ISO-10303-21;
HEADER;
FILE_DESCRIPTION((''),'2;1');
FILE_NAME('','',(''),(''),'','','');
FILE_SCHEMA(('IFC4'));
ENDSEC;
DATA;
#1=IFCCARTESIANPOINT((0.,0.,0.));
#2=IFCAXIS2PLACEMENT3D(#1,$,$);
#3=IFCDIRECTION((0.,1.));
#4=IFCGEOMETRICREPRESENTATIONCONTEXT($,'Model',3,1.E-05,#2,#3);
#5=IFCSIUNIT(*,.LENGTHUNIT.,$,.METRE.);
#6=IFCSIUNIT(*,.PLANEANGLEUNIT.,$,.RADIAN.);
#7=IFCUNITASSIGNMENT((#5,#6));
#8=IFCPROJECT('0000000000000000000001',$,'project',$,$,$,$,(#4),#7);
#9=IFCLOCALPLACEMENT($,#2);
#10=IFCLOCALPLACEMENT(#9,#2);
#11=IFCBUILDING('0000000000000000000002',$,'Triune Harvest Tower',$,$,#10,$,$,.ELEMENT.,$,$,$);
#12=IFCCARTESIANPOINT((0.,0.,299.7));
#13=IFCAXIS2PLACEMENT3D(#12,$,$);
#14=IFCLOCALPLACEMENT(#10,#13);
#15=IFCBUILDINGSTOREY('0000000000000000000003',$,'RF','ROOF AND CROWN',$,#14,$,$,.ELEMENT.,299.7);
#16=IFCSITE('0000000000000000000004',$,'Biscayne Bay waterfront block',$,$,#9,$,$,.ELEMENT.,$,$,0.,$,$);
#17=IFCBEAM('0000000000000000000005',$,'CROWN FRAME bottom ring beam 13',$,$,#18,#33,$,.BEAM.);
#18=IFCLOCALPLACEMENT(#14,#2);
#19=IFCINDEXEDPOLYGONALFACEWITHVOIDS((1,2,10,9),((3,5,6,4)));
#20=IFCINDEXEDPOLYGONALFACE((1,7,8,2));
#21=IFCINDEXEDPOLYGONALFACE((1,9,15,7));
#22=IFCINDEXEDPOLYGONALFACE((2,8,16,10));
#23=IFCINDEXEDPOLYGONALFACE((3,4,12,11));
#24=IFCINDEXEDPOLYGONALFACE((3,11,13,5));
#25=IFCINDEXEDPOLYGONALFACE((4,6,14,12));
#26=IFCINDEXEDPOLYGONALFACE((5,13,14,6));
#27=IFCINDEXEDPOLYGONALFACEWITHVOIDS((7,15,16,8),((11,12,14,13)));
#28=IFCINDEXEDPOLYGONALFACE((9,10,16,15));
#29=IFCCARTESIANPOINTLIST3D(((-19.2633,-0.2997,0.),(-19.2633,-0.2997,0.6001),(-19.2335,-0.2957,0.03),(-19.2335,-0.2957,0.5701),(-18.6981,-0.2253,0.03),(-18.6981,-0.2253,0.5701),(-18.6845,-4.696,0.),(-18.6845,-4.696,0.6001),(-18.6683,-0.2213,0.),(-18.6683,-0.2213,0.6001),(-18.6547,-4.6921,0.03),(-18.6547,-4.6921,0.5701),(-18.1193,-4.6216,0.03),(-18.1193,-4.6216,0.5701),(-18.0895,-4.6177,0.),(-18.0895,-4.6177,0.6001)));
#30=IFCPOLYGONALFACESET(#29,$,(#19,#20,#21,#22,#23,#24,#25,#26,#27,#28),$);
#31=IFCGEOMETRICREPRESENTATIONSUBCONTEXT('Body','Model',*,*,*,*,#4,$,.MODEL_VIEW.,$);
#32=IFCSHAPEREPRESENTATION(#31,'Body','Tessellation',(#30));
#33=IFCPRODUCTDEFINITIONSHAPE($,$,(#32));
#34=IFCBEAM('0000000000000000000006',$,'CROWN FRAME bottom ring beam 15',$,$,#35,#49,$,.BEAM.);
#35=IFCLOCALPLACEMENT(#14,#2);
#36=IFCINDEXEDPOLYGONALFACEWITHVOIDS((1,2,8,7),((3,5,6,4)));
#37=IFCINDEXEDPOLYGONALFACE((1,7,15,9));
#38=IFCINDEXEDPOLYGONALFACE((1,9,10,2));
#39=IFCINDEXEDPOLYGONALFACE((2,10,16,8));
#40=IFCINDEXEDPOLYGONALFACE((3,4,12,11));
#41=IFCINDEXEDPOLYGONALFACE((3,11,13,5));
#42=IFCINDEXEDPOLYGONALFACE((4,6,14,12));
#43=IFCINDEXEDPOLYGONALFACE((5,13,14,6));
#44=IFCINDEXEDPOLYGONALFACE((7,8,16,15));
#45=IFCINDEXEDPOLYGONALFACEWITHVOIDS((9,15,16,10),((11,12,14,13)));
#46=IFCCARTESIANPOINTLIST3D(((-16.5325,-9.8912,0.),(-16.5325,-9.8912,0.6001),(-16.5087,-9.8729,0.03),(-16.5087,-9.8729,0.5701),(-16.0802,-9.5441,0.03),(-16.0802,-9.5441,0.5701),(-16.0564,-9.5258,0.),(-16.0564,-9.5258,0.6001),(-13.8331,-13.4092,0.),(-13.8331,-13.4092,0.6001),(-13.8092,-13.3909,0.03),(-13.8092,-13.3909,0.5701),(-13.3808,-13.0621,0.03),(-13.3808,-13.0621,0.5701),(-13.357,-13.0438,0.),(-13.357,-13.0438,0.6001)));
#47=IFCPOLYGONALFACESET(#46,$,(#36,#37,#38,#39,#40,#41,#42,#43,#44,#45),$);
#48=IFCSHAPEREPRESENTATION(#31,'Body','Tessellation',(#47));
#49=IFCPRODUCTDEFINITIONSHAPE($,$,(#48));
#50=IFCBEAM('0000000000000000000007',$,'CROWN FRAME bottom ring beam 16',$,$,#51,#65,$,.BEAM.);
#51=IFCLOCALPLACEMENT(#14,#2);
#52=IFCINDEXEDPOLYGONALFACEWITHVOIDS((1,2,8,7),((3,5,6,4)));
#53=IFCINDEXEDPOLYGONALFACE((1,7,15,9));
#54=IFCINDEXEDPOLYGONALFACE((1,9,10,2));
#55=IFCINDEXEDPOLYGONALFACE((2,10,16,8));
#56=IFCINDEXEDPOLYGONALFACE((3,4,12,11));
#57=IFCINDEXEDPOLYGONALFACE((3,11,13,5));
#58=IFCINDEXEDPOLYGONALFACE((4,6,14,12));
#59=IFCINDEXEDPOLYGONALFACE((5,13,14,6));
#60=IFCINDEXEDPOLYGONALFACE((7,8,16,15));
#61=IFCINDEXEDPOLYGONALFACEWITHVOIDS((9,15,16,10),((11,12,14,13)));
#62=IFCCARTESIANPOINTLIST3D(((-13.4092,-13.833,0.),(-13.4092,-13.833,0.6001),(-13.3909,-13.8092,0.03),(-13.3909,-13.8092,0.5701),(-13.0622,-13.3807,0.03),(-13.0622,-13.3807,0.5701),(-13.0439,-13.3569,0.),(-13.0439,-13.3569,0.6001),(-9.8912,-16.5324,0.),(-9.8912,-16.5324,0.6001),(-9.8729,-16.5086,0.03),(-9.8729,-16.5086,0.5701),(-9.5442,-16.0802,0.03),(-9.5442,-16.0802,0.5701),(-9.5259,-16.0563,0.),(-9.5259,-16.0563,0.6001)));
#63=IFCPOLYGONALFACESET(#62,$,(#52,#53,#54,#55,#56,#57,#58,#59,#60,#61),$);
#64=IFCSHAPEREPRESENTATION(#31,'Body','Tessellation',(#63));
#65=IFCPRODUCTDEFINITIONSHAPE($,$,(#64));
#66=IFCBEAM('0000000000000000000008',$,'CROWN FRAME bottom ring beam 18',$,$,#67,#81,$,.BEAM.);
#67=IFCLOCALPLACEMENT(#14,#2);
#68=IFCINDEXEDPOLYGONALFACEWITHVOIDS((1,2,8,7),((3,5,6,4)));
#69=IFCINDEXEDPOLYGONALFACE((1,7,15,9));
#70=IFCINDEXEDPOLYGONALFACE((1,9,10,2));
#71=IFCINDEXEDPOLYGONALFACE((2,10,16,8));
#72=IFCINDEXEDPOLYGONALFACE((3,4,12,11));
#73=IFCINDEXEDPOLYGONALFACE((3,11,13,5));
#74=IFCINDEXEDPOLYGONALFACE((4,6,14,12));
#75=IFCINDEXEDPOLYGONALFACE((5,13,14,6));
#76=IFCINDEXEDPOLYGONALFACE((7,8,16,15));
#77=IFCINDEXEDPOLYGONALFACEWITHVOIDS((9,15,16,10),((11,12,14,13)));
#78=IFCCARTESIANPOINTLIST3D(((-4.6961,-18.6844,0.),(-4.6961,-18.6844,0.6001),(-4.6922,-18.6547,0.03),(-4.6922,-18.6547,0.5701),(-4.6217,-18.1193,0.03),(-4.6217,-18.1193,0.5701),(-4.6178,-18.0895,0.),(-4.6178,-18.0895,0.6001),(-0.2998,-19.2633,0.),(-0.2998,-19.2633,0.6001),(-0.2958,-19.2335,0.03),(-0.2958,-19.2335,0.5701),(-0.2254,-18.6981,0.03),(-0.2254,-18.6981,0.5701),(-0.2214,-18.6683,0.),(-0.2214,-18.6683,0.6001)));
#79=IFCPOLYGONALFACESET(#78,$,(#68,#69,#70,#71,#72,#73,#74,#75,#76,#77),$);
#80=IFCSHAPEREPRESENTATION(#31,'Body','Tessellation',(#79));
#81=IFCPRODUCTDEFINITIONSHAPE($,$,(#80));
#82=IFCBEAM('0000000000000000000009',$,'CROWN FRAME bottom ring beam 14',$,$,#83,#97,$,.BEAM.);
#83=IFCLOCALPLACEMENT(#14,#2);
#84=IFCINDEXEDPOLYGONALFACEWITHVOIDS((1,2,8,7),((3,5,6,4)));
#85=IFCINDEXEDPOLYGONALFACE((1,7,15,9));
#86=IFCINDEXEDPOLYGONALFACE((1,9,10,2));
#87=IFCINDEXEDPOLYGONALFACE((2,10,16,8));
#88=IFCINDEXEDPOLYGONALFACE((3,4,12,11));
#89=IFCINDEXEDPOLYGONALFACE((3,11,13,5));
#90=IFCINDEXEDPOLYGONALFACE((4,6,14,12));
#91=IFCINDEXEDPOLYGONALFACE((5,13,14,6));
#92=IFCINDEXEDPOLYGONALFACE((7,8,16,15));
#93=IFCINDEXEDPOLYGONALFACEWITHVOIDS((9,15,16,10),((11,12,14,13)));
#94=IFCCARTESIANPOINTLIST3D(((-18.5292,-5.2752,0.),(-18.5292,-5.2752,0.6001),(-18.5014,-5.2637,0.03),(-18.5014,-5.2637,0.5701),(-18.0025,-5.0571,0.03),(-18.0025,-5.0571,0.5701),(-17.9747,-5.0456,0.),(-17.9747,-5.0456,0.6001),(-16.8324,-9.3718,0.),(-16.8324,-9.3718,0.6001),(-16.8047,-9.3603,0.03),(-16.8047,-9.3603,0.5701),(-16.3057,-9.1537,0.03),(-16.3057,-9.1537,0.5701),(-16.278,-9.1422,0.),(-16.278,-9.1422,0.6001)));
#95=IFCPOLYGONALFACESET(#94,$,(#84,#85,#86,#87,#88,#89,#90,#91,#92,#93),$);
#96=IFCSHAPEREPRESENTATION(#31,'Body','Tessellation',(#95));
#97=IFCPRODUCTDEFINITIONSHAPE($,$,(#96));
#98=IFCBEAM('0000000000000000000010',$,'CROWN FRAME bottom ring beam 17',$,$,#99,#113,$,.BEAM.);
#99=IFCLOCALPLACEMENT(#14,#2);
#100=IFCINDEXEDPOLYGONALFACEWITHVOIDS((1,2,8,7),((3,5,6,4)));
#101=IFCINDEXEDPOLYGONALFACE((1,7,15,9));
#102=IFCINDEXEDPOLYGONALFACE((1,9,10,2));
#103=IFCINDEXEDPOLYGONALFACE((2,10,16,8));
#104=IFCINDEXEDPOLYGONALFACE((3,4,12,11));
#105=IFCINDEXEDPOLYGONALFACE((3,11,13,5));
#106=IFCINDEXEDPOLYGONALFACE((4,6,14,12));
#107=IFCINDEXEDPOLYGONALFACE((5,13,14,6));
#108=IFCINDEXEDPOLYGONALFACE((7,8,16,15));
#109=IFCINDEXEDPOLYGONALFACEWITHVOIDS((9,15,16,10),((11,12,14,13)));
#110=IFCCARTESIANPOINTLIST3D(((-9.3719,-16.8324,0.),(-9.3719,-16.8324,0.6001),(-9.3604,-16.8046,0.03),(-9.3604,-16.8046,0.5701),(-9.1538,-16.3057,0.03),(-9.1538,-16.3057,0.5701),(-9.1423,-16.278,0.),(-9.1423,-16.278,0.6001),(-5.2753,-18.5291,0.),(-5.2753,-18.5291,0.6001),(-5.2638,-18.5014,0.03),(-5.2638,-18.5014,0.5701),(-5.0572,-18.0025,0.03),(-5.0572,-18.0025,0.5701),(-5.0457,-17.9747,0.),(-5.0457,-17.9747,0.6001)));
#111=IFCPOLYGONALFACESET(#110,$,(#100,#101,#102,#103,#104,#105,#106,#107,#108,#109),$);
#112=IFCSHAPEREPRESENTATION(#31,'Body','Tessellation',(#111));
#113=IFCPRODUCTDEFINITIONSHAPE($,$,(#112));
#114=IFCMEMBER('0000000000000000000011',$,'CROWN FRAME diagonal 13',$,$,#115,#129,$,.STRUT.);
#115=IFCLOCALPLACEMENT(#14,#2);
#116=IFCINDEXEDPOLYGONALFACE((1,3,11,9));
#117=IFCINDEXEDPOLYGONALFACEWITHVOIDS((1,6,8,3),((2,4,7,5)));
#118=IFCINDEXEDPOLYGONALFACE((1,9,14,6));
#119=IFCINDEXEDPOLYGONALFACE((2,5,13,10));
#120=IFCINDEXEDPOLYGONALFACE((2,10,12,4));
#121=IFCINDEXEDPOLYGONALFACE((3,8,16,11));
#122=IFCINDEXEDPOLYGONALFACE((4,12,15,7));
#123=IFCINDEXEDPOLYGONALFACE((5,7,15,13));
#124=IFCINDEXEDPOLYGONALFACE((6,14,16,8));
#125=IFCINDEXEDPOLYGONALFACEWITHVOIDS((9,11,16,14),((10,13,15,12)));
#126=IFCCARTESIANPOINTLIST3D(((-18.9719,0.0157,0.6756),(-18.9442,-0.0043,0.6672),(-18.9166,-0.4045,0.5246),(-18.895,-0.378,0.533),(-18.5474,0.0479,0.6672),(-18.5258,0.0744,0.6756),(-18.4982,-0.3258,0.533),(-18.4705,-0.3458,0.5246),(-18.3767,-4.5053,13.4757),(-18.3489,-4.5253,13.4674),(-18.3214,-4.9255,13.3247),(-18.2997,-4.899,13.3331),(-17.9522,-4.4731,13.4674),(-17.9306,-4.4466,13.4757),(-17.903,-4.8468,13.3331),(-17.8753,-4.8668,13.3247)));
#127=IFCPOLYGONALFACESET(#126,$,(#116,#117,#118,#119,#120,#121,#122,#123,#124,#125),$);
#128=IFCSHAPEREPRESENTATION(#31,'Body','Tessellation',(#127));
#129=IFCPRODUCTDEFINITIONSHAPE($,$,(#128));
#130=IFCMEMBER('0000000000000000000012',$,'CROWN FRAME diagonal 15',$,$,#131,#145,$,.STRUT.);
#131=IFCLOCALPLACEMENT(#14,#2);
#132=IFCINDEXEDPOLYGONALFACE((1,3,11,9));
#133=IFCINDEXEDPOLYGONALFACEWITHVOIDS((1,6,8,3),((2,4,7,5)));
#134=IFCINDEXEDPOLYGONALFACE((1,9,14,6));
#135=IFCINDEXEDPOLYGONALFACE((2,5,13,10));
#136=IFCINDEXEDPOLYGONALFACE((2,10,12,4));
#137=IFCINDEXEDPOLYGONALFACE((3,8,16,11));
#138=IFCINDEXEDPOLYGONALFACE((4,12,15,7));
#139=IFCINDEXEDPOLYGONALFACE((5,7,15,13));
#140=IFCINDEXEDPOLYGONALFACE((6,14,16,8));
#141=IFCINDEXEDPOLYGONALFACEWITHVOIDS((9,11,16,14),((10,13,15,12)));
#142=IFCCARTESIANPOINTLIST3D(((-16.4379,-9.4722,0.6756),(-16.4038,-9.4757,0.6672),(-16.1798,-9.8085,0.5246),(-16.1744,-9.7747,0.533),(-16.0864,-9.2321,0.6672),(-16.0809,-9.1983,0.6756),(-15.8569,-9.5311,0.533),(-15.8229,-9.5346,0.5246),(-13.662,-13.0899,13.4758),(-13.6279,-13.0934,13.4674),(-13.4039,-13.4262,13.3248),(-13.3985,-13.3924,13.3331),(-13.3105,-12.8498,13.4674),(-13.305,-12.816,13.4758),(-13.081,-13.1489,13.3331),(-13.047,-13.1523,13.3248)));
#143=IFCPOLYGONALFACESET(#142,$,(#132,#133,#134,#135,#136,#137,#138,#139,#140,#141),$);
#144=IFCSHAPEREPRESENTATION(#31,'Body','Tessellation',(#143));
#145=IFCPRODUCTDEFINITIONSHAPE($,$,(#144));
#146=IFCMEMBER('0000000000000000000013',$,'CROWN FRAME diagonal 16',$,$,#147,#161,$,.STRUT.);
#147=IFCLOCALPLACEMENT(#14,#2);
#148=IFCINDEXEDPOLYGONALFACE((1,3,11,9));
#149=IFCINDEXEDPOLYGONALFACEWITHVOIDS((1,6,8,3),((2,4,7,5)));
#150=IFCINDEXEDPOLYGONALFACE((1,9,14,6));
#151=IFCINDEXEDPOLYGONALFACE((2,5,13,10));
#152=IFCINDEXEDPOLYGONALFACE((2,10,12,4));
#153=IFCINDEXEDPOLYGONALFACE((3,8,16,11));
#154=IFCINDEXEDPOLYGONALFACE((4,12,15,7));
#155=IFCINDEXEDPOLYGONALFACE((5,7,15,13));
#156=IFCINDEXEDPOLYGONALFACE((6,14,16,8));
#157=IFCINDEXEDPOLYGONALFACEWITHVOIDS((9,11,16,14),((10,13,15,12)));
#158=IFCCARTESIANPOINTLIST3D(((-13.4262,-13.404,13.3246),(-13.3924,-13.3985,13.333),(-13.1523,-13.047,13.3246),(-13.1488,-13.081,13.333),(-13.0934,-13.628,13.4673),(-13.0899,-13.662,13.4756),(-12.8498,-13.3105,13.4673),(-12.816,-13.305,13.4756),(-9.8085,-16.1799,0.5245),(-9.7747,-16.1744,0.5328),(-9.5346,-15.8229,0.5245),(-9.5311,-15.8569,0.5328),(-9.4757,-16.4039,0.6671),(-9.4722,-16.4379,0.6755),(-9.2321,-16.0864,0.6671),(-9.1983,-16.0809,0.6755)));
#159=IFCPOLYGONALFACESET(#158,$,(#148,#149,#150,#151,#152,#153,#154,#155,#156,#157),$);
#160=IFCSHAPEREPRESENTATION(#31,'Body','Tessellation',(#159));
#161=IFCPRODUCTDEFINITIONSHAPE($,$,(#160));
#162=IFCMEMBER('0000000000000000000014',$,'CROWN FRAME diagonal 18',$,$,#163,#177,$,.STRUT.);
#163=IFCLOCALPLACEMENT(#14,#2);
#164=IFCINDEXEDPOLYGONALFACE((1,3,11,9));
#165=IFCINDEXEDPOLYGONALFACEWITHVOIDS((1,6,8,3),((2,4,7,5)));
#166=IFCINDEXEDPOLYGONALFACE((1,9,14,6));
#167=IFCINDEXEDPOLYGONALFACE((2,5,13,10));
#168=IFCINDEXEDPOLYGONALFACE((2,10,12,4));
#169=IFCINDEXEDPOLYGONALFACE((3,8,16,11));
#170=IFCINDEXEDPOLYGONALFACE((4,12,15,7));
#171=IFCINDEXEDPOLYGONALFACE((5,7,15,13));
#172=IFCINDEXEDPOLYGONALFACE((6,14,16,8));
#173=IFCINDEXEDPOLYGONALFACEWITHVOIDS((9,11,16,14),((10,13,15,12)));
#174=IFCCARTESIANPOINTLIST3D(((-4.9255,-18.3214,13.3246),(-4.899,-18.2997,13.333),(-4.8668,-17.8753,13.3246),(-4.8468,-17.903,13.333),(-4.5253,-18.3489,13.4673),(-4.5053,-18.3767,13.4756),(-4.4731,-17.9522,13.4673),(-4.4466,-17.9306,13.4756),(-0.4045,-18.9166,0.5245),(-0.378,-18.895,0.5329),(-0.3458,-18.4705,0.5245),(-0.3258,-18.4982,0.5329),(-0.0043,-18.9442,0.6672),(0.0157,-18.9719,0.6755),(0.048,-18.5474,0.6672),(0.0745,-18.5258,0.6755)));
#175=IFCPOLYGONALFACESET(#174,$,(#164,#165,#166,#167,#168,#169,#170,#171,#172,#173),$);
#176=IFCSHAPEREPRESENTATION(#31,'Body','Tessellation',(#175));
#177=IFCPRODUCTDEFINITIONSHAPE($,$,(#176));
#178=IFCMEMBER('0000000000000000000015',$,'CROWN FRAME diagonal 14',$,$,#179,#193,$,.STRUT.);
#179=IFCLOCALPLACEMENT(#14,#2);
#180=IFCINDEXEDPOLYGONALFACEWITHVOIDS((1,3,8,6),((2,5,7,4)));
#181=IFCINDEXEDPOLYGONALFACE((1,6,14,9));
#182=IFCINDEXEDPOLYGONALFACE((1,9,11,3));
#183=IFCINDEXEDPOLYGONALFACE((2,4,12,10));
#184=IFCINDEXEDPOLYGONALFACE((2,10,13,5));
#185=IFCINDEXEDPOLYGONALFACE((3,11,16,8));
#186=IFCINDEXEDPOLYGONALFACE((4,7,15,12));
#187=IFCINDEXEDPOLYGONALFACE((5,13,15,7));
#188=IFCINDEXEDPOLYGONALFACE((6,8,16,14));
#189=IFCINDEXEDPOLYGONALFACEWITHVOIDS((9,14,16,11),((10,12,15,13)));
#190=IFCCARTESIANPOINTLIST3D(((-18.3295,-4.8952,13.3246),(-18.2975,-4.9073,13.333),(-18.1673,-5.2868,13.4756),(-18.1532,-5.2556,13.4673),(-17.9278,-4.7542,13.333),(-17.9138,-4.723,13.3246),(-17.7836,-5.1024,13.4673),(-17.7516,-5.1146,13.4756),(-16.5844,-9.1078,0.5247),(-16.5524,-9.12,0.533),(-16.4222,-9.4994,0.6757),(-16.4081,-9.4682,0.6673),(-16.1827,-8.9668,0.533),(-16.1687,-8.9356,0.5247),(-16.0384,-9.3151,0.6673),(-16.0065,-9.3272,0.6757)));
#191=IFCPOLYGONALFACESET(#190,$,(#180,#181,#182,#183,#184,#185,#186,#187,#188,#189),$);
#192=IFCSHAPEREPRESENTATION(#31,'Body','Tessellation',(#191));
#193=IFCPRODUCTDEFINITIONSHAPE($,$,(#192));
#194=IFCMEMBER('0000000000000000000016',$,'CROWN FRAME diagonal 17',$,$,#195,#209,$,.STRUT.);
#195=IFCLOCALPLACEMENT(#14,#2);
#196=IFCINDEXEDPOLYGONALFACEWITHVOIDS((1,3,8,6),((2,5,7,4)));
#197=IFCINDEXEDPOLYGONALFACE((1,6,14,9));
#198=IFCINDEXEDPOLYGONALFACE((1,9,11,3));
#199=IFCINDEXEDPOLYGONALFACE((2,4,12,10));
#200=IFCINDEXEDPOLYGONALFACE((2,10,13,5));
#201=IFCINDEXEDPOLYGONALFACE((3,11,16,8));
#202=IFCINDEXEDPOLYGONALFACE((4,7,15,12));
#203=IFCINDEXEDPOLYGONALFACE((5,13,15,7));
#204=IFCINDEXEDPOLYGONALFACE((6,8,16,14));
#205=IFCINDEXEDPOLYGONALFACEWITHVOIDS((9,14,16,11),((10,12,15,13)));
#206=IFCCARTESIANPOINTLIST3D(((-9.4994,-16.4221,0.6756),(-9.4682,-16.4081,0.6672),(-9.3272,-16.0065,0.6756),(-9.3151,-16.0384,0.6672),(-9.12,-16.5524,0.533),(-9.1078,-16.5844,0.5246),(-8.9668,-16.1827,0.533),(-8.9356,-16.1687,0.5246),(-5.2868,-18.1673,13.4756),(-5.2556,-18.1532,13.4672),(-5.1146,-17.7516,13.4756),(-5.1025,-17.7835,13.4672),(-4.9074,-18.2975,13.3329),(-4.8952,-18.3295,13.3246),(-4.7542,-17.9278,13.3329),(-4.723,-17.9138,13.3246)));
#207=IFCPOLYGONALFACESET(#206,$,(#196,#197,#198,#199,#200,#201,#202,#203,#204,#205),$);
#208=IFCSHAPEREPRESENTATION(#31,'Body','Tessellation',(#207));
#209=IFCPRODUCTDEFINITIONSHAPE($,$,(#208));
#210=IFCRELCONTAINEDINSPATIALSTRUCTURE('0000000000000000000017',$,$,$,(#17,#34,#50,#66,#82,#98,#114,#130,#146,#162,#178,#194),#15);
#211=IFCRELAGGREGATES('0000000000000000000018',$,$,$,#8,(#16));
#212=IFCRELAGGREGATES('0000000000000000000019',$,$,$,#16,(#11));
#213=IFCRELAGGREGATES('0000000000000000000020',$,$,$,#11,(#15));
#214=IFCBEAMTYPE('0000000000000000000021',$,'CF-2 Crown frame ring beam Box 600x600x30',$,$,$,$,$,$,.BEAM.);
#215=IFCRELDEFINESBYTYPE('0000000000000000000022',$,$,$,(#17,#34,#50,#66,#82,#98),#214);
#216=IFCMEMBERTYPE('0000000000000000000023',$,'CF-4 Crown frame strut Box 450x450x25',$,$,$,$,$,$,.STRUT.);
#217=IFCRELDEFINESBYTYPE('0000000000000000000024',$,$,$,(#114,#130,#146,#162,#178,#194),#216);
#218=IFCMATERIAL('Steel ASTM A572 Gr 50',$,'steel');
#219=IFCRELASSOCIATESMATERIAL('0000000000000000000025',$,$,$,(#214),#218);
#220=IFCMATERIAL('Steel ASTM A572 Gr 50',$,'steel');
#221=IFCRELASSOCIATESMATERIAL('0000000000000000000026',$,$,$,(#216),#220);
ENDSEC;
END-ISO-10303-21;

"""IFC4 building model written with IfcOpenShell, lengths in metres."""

from ifc_helpers import new_model, si_unit, direction, frame, origin, origin_2d, place, context, subcontext, project, spatial, hollow_rectangle, extrude, source, transform, mapped, material, material_profile, profile_set, type_object, element, save


model = new_model("IFC4")

# Units and contexts
model_context = context("Model", 3, precision=1e-05, world=origin(), true_north=direction((0.0, 1.0)))
body_context = subcontext(model_context, "Body", "Model", "MODEL_VIEW")
ifc_project = project(units=[si_unit("LENGTHUNIT", "METRE"), si_unit("PLANEANGLEUNIT", "RADIAN")], contexts=[model_context])

# Site, building, storey
site_placement = place(None, origin())
site = spatial("IfcSite", under=ifc_project, at=site_placement, Name="Biscayne Bay waterfront block", CompositionType="ELEMENT", RefElevation=0.0)
building_placement = place(site_placement, origin())
building = spatial("IfcBuilding", under=site, at=building_placement, Name="Triune Harvest Tower", CompositionType="ELEMENT")
storey_placement = place(building_placement, frame((0.0, 0.0, 299.7)))
storey = spatial("IfcBuildingStorey", under=building, at=storey_placement, Name="RF", Description="ROOF AND CROWN", CompositionType="ELEMENT", Elevation=299.7)

# Beams
ifc_material_1 = material(Name="Steel ASTM A572 Gr 50", Category="steel")
ifc_material_profile_1 = material_profile(ifc_material_1, hollow_rectangle(XDim=0.6001, YDim=0.6001, WallThickness=0.03, at=origin_2d()), Name="Box 600x600x30")
ifc_profile_set_1 = profile_set([ifc_material_profile_1], Name="Steel ASTM A572 Gr 50")
beam_type = type_object("IfcBeamType", Name="CF-2 Crown frame ring beam Box 600x600x30", PredefinedType="BEAM", material=ifc_profile_set_1)
shared_shape_1 = source(origin(), body_context, "Body", "SweptSolid", [
    extrude(hollow_rectangle(XDim=0.6001, YDim=0.6001, WallThickness=0.03, at=origin_2d()), origin(), (0.0, 0.0, 1.0), 4.4343),
])
for number, where, z_axis, x_axis, name in (
    (1, (-18.9658, -0.2605, 0.3), (0.130537, -0.991443, 0.0), (0.991443, 0.130537, 0.0), "CROWN FRAME bottom ring beam 13"),
    (2, (-16.2944, -9.7085, 0.3), (0.608755, -0.793358, 0.0), (0.793358, 0.608755, 0.0), "CROWN FRAME bottom ring beam 15"),
    (3, (-13.2266, -13.595, 0.3), (0.793358, -0.608755, 0.0), (0.608755, 0.793358, 0.0), "CROWN FRAME bottom ring beam 16"),
    (4, (-4.657, -18.387, 0.3), (0.991443, -0.130537, 0.0), (0.130537, 0.991443, 0.0), "CROWN FRAME bottom ring beam 18"),
):
    element("IfcBeam", number, at=place(storey_placement, frame(where, z_axis=z_axis, x_axis=x_axis)), inside=storey, type_object=beam_type, Name=name, PredefinedType="BEAM", context=body_context, shape_type="MappedRepresentation", body=[
        mapped(shared_shape_1, transform((0.0, 0.0, 0.0), scale=1.0)),
    ])
shared_shape_2 = source(origin(), body_context, "Body", "SweptSolid", [
    extrude(hollow_rectangle(XDim=0.6001, YDim=0.6001, WallThickness=0.03, at=origin_2d()), origin(), (0.0, 0.0, 1.0), 4.4341),
])
for number, where, z_axis, x_axis, name in (
    (5, (-18.252, -5.1604, 0.3), (0.38266, -0.923889, 0.0), (0.923889, 0.38266, 0.0), "CROWN FRAME bottom ring beam 14"),
    (6, (-9.2571, -16.5552, 0.3), (0.923889, -0.38266, 0.0), (0.38266, 0.923889, 0.0), "CROWN FRAME bottom ring beam 17"),
):
    element("IfcBeam", number, at=place(storey_placement, frame(where, z_axis=z_axis, x_axis=x_axis)), inside=storey, type_object=beam_type, Name=name, PredefinedType="BEAM", context=body_context, shape_type="MappedRepresentation", body=[
        mapped(shared_shape_2, transform((0.0, 0.0, 0.0), scale=1.0)),
    ])

# Members
ifc_material_2 = material(Name="Steel ASTM A572 Gr 50", Category="steel")
ifc_material_profile_2 = material_profile(ifc_material_2, hollow_rectangle(XDim=0.45, YDim=0.45, WallThickness=0.0249, at=origin_2d()), Name="Box 450x450x25")
ifc_profile_set_2 = profile_set([ifc_material_profile_2], Name="Steel ASTM A572 Gr 50")
member_type = type_object("IfcMemberType", Name="CF-4 Crown frame strut Box 450x450x25", PredefinedType="STRUT", material=ifc_profile_set_2)
shared_shape_3 = source(origin(), body_context, "Body", "SweptSolid", [
    extrude(hollow_rectangle(XDim=0.45, YDim=0.45, WallThickness=0.0249, at=origin_2d()), origin(), (0.0, 0.0, 1.0), 13.5881),
])
for number, where, z_axis, x_axis, name in (
    (7, (-18.7212, -0.165, 0.6001), (0.043804, -0.332719, 0.942008), (0.991444, 0.130529, 0.0), "CROWN FRAME diagonal 13"),
    (8, (-16.1304, -9.5034, 0.6001), (0.204289, -0.26624, 0.94201), (0.79336, 0.608753, 0.0), "CROWN FRAME diagonal 15"),
    (9, (-13.1211, -13.3545, 13.4001), (0.26624, -0.204289, -0.94201), (0.608753, 0.79336, 0.0), "CROWN FRAME diagonal 16"),
    (10, (-4.686, -18.126, 13.4001), (0.332719, -0.043804, -0.942008), (0.130529, 0.991444, 0.0), "CROWN FRAME diagonal 18"),
):
    element("IfcMember", number, at=place(storey_placement, frame(where, z_axis=z_axis, x_axis=x_axis)), inside=storey, type_object=member_type, Name=name, PredefinedType="STRUT", context=body_context, shape_type="MappedRepresentation", body=[
        mapped(shared_shape_3, transform((0.0, 0.0, 0.0), scale=1.0)),
    ])
shared_shape_4 = source(origin(), body_context, "Body", "SweptSolid", [
    extrude(hollow_rectangle(XDim=0.45, YDim=0.45, WallThickness=0.0249, at=origin_2d()), origin(), (0.0, 0.0, 1.0), 13.5879),
])
for number, where, z_axis, x_axis, name in (
    (11, (-18.0405, -5.0049, 13.4001), (0.128431, -0.310028, -0.942013), (0.923865, 0.382717, 0.0), "CROWN FRAME diagonal 14"),
    (12, (-9.2175, -16.2954, 0.6001), (0.310028, -0.128431, 0.942013), (0.382717, 0.923865, 0.0), "CROWN FRAME diagonal 17"),
):
    element("IfcMember", number, at=place(storey_placement, frame(where, z_axis=z_axis, x_axis=x_axis)), inside=storey, type_object=member_type, Name=name, PredefinedType="STRUT", context=body_context, shape_type="MappedRepresentation", body=[
        mapped(shared_shape_4, transform((0.0, 0.0, 0.0), scale=1.0)),
    ])

save(model, "model.ifc")
